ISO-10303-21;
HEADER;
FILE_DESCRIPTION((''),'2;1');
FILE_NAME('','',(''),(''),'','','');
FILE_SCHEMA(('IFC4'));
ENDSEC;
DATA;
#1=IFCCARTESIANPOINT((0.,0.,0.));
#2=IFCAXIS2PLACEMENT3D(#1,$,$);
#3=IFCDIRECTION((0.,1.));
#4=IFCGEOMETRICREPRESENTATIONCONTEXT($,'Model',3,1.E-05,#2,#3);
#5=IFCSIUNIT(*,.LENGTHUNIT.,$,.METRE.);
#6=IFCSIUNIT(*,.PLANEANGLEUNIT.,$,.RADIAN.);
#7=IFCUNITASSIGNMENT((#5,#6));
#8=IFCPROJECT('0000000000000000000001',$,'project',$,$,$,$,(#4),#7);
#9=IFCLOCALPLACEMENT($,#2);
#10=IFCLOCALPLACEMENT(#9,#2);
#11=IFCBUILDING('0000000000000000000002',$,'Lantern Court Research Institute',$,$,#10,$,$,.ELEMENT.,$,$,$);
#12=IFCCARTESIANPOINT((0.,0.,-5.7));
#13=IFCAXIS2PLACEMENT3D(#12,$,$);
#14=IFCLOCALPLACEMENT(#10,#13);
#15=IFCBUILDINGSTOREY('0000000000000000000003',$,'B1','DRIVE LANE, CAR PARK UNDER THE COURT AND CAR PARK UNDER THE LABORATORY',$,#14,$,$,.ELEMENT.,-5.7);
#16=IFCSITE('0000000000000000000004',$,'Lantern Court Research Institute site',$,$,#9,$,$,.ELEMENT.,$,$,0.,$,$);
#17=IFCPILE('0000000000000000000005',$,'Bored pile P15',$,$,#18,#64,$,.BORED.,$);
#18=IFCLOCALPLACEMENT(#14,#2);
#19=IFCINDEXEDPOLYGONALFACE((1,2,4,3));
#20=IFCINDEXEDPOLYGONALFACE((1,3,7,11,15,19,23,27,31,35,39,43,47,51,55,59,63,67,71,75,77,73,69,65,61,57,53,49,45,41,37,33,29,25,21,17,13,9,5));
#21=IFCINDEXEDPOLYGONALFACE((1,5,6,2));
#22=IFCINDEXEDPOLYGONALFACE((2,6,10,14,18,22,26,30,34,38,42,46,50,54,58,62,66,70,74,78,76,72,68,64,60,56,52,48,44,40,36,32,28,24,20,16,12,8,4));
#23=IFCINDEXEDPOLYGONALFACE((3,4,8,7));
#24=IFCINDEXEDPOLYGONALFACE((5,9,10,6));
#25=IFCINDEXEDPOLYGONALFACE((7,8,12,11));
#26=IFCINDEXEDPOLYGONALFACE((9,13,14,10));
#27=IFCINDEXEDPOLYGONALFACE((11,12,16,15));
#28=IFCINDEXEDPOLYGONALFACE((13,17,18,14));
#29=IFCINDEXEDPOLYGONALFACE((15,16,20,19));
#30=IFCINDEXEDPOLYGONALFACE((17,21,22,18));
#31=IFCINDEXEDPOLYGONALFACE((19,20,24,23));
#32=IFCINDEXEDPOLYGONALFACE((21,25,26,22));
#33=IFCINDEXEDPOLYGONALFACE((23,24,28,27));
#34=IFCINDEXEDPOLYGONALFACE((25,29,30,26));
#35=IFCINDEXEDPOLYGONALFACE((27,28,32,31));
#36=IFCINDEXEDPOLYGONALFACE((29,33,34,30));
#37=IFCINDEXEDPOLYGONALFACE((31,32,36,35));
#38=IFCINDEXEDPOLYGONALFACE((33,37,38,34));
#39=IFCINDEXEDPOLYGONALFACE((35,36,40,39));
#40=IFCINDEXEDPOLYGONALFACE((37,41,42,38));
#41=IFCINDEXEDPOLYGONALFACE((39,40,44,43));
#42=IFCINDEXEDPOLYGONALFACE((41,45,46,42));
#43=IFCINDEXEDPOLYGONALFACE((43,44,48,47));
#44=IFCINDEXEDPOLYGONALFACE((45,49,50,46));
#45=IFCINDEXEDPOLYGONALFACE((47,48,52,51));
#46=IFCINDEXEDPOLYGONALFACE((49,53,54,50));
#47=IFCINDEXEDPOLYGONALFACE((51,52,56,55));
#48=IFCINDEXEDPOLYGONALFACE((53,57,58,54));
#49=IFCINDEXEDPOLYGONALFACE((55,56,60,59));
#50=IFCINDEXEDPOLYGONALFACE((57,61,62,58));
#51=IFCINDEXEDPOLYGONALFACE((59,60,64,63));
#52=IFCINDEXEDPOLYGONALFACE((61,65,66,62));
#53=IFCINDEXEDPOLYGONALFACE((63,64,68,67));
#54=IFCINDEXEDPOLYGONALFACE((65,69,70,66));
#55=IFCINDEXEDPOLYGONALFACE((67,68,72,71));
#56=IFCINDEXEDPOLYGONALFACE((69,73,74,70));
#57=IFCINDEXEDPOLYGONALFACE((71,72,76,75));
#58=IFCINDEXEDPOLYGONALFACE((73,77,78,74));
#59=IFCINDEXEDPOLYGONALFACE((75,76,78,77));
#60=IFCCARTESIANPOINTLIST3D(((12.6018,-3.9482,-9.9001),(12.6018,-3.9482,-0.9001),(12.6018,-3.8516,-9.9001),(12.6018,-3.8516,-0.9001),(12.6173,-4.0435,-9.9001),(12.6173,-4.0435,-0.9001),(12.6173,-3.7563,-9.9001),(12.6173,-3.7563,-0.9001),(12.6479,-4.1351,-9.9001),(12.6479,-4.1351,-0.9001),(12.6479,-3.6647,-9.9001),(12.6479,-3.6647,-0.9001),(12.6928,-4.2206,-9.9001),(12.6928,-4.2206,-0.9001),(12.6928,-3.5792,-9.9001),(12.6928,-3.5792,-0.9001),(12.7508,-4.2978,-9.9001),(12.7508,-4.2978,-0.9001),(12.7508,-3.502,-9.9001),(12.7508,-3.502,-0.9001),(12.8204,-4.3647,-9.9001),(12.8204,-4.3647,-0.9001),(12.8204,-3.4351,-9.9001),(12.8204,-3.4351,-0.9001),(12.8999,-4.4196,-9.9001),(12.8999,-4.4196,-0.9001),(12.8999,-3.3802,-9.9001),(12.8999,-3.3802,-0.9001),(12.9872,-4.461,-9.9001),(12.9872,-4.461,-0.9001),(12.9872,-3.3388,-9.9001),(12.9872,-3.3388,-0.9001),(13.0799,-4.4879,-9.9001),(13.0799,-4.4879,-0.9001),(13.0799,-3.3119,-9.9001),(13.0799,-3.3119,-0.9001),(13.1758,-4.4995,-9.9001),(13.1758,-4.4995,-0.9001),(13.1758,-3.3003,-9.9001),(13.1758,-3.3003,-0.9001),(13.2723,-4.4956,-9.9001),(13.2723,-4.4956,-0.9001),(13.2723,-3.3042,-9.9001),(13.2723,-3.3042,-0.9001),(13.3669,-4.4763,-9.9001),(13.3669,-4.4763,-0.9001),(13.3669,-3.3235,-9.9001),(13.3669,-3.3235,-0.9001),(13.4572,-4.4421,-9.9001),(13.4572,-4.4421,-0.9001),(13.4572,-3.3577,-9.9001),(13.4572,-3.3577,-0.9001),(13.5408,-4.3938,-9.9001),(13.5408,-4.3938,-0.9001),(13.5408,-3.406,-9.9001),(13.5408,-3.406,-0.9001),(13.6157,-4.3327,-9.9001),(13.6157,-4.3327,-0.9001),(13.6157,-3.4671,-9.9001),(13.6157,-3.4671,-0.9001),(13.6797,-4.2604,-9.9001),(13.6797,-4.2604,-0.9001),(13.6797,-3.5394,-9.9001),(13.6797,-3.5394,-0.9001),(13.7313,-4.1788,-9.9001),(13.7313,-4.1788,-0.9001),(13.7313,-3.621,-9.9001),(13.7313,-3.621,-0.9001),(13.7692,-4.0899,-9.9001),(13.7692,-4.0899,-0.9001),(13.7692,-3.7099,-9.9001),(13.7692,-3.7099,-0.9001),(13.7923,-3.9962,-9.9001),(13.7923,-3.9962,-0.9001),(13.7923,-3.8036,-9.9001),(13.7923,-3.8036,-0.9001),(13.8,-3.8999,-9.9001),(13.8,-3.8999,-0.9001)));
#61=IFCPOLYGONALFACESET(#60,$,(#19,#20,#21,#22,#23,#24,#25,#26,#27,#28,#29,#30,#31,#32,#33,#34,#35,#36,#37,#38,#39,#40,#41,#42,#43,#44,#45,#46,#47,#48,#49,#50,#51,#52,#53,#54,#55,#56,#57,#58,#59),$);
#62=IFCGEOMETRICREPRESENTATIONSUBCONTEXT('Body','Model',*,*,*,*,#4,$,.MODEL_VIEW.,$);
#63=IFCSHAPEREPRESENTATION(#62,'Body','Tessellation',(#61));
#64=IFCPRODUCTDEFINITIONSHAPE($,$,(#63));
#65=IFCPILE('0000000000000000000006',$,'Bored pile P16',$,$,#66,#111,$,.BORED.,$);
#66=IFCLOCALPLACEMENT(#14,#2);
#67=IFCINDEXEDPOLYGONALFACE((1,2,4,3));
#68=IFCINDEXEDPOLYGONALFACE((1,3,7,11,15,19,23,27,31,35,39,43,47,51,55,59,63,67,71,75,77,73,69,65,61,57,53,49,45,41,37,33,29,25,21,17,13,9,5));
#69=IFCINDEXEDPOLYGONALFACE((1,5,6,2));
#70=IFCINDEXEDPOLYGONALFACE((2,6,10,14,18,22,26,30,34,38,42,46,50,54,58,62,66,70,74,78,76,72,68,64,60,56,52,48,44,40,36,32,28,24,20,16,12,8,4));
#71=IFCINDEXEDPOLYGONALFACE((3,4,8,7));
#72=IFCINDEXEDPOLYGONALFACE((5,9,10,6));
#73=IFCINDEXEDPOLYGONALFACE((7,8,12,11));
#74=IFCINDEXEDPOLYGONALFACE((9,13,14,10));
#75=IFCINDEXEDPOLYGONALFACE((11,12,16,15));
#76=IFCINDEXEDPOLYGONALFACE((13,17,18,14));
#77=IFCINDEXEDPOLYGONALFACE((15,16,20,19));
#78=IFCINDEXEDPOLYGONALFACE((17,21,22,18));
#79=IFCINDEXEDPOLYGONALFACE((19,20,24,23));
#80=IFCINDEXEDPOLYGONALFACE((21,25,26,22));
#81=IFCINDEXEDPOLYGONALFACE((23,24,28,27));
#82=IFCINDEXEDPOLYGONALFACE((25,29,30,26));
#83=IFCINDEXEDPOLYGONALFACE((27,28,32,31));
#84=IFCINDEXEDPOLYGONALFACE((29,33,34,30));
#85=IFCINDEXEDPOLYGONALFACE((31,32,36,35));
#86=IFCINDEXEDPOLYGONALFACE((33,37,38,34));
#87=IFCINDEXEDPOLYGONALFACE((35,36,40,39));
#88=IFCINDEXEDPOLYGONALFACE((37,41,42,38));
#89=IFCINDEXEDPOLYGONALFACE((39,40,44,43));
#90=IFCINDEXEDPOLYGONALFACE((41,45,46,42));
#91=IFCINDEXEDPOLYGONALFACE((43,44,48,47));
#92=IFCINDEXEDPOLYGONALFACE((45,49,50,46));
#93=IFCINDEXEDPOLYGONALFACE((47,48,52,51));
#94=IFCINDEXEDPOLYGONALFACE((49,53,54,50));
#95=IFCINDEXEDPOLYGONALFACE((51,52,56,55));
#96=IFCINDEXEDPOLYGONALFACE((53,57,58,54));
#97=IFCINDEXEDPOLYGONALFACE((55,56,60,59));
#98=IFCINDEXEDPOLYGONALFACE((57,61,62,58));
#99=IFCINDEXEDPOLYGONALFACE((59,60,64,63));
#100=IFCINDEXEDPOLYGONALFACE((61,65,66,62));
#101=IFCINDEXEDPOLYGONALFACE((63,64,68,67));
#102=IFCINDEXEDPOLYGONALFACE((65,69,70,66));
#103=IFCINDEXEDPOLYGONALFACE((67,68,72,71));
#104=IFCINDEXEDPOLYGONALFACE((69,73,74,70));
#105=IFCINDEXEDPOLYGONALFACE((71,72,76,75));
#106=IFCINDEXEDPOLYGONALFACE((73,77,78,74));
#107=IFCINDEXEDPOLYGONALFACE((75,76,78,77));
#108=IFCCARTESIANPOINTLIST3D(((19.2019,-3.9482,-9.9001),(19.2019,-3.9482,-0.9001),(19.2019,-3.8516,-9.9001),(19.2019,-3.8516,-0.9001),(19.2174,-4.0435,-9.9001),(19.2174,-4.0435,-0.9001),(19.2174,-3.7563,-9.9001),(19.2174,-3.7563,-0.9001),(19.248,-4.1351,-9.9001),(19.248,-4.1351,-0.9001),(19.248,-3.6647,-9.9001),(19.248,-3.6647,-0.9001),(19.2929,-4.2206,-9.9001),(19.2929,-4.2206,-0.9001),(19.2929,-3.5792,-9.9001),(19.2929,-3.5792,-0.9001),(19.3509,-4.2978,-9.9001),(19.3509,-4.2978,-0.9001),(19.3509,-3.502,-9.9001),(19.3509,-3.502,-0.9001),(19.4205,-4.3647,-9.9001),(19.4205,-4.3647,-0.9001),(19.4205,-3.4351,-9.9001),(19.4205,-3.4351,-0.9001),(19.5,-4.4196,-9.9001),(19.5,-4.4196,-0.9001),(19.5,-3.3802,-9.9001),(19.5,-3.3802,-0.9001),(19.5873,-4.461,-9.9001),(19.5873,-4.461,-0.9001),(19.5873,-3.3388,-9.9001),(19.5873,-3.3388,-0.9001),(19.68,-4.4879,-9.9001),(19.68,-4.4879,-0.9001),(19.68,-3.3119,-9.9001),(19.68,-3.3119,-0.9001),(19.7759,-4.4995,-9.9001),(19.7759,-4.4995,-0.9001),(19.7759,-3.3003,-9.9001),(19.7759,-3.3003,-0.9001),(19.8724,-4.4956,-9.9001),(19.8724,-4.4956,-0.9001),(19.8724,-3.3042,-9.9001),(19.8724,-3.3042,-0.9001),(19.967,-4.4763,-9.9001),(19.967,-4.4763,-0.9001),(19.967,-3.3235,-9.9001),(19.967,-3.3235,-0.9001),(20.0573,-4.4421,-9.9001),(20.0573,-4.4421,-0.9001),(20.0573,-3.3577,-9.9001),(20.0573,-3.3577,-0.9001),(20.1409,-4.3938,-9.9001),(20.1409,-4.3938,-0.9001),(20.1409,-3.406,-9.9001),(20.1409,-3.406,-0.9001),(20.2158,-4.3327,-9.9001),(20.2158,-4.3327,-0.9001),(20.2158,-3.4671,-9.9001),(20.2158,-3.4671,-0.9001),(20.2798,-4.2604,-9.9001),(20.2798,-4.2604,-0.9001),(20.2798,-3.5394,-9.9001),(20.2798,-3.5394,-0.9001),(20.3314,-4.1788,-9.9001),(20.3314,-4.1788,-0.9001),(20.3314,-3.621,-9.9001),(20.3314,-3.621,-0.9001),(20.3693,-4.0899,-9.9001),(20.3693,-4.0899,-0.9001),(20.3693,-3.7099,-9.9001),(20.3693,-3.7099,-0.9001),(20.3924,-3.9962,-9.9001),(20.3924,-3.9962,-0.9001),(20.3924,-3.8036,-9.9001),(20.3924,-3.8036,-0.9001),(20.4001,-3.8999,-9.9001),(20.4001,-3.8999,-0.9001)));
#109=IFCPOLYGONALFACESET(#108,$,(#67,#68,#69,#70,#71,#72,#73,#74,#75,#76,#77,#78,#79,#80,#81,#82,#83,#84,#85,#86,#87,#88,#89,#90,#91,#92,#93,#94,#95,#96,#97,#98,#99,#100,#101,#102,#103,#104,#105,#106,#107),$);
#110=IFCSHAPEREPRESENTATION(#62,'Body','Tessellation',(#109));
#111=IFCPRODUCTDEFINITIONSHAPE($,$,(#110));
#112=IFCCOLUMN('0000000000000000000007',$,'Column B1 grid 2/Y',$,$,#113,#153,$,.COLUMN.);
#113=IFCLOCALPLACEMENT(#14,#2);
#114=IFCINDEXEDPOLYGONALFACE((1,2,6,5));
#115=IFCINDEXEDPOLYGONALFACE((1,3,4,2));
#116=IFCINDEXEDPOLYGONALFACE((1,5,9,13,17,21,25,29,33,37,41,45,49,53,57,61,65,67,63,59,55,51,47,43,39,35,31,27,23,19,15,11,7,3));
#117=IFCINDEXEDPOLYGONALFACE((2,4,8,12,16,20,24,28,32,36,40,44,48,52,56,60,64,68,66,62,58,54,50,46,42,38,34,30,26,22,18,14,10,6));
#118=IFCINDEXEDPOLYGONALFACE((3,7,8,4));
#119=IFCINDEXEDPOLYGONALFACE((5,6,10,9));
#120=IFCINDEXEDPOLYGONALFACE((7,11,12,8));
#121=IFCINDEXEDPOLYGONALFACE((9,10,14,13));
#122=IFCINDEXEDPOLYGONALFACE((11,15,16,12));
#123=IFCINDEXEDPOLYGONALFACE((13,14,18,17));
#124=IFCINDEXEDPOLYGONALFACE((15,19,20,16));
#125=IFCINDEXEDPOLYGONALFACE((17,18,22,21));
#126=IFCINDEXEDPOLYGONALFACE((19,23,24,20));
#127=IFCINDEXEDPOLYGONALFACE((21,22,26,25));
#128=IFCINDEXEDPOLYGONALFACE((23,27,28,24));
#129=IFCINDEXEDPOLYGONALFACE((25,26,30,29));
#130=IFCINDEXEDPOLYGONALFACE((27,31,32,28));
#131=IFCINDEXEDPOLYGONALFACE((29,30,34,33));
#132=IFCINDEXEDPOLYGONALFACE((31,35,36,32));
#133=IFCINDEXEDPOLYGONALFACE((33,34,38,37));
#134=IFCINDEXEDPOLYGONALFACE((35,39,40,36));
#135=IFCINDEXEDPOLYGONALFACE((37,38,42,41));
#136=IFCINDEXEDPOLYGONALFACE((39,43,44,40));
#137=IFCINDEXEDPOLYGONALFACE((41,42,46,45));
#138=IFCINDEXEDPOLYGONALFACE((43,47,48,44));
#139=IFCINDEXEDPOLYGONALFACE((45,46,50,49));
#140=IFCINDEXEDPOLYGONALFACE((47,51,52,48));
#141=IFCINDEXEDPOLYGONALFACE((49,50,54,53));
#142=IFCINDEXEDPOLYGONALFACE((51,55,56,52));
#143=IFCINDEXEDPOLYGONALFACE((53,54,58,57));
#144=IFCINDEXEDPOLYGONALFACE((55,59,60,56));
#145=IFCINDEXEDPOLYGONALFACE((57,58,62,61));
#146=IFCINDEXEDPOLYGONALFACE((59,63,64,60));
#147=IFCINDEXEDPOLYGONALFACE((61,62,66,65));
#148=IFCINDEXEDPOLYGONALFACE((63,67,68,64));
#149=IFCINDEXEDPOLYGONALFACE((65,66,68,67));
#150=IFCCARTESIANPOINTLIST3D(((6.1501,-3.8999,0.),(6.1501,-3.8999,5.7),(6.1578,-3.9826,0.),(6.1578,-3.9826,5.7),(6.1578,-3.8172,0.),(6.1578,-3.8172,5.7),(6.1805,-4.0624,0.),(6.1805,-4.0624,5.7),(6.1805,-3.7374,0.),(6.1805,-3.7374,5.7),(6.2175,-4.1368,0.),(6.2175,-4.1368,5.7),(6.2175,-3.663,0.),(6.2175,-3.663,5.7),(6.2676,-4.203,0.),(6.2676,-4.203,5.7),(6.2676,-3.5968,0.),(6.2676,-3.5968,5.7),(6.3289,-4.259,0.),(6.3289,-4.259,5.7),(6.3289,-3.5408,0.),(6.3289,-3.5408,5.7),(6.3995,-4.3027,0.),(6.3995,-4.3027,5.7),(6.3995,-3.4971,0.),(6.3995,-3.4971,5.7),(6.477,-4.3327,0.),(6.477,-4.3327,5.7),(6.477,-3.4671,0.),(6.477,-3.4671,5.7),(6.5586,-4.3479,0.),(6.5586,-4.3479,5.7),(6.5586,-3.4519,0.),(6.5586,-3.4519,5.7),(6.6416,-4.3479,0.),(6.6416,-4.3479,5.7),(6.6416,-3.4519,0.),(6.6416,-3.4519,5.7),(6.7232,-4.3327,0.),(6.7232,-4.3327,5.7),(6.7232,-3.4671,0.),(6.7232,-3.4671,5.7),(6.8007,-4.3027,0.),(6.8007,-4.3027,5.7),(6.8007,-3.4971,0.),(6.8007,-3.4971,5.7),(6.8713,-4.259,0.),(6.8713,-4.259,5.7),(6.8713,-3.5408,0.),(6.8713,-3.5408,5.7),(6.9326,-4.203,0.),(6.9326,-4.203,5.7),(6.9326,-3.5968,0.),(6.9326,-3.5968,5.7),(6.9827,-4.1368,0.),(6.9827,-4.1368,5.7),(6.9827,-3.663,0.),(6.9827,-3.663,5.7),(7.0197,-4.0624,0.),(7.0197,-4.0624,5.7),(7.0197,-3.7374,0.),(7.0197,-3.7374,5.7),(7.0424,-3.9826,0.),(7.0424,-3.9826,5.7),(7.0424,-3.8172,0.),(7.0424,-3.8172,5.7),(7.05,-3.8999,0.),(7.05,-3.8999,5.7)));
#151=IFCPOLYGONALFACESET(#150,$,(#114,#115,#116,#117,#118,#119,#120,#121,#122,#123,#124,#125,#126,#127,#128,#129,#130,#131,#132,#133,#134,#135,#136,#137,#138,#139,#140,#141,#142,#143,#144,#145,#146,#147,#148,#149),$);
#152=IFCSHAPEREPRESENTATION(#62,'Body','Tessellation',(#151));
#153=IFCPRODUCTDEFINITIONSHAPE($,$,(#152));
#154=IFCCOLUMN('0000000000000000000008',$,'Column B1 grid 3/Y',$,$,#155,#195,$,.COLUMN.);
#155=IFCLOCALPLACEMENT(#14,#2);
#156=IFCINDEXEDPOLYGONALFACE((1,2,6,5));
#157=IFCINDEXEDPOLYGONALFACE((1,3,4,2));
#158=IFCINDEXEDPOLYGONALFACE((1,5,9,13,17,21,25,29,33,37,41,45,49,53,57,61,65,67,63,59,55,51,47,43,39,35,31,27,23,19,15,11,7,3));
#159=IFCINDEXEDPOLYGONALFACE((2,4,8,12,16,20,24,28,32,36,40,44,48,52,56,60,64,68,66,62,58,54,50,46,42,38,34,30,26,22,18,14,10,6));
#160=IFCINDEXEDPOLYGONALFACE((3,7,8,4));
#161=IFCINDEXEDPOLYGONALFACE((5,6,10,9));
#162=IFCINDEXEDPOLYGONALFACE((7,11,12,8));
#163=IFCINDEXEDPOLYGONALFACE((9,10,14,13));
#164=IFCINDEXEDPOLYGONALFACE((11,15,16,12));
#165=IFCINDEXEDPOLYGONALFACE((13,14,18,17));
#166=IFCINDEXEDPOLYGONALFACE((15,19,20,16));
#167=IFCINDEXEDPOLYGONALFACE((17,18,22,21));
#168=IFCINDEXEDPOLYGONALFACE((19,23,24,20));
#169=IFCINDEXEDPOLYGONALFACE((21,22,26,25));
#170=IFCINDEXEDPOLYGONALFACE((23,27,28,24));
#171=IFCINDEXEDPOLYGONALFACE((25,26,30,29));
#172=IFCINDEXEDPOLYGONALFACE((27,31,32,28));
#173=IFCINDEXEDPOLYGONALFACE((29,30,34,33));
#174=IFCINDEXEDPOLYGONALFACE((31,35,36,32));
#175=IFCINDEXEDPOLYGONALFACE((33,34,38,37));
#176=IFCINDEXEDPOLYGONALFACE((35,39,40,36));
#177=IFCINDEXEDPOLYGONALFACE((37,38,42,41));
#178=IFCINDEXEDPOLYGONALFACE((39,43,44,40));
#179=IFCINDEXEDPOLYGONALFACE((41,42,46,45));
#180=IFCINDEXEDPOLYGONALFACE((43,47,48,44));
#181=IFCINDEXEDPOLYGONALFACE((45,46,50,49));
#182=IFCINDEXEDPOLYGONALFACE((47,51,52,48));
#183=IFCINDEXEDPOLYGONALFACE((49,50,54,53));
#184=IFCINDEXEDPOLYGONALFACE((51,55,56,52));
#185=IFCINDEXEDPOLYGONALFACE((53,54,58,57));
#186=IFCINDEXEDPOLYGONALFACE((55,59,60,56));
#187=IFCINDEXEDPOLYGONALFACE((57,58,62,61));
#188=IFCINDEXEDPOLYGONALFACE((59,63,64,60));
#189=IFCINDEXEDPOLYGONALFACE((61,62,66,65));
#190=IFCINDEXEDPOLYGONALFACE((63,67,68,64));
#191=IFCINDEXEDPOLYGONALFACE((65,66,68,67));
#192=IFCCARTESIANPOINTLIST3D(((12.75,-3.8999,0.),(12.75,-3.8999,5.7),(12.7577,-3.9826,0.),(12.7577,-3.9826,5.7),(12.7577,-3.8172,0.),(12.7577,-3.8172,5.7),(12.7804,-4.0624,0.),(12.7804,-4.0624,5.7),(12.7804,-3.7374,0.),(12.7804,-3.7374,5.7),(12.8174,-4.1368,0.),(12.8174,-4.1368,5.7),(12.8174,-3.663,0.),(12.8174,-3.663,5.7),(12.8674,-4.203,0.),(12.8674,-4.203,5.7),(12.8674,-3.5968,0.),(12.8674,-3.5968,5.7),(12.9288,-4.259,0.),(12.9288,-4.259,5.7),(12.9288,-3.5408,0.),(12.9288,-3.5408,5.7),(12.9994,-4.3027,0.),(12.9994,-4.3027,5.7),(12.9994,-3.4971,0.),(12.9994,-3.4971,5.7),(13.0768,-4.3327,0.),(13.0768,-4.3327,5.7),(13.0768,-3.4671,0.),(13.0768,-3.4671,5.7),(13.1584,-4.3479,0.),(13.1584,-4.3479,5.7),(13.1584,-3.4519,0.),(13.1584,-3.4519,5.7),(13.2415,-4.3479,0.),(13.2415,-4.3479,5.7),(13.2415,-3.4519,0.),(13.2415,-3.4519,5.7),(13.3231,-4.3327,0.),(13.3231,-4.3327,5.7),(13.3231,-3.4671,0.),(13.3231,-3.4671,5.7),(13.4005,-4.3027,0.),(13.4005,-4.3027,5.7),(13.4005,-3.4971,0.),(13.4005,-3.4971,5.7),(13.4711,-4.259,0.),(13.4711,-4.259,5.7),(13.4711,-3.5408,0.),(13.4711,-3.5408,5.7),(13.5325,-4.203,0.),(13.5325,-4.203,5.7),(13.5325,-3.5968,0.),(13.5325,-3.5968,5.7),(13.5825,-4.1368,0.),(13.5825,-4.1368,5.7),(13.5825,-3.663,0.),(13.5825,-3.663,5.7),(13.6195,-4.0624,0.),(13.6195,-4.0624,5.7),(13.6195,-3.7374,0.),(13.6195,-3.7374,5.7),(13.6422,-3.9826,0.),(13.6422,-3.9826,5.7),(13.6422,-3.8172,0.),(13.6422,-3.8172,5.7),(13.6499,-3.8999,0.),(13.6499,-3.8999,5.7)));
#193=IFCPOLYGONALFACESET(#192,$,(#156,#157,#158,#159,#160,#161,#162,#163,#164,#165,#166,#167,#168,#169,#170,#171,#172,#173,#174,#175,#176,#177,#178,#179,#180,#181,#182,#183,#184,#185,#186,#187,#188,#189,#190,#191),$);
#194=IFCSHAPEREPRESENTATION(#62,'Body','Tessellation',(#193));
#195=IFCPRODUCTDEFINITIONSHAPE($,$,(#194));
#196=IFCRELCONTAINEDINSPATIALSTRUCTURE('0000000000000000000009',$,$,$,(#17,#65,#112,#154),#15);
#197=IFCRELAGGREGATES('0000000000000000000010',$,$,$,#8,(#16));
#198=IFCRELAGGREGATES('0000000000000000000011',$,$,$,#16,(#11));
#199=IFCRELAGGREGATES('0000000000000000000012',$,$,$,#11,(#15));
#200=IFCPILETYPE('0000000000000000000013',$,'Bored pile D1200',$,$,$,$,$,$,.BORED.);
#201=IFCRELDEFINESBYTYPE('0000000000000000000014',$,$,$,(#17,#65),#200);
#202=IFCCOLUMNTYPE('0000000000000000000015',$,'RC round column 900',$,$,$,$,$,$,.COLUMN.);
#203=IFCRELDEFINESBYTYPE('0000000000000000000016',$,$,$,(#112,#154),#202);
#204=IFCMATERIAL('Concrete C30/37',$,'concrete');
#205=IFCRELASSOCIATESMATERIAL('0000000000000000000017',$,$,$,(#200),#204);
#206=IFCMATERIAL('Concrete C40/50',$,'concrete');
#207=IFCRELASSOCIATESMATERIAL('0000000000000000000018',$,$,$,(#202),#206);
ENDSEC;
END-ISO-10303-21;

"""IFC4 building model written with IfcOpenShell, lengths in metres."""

from ifc_helpers import new_model, si_unit, direction, frame, origin, origin_2d, place, context, subcontext, project, spatial, circle, extrude, material, material_profile, profile_set, type_object, element, save


model = new_model("IFC4")

# Units and contexts
model_context = context("Model", 3, precision=1e-05, world=origin(), true_north=direction((0.0, 1.0)))
body_context = subcontext(model_context, "Body", "Model", "MODEL_VIEW")
ifc_project = project(units=[si_unit("LENGTHUNIT", "METRE"), si_unit("PLANEANGLEUNIT", "RADIAN")], contexts=[model_context])

# Site, building, storey
site_placement = place(None, origin())
site = spatial("IfcSite", under=ifc_project, at=site_placement, Name="Lantern Court Research Institute site", CompositionType="ELEMENT", RefElevation=0.0)
building_placement = place(site_placement, origin())
building = spatial("IfcBuilding", under=site, at=building_placement, Name="Lantern Court Research Institute", CompositionType="ELEMENT")
storey_placement = place(building_placement, frame((0.0, 0.0, -5.7)))
storey = spatial("IfcBuildingStorey", under=building, at=storey_placement, Name="B1", Description="DRIVE LANE, CAR PARK UNDER THE COURT AND CAR PARK UNDER THE LABORATORY", CompositionType="ELEMENT", Elevation=-5.7)

# Piles
ifc_material_1 = material(Name="Concrete C30/37", Category="concrete")
ifc_material_profile_1 = material_profile(ifc_material_1, circle(Radius=0.6001, at=origin_2d()), Name="Bored pile D1200")
ifc_profile_set_1 = profile_set([ifc_material_profile_1], Name="Concrete C30/37")
pile_type_1 = type_object("IfcPileType", Name="Bored pile D1200", PredefinedType="BORED", material=ifc_profile_set_1)
for number, where, z_axis, x_axis, name in (
    (1, (13.2, -3.8999, -0.9001), (0.0, 0.0, -1.0), (1.0, 0.0, 0.0), "Bored pile P15"),
    (2, (19.8, -3.8999, -0.9001), (0.0, 0.0, -1.0), (1.0, 0.0, 0.0), "Bored pile P16"),
):
    element("IfcPile", number, at=place(storey_placement, frame(where, z_axis=z_axis, x_axis=x_axis)), inside=storey, type_object=pile_type_1, Name=name, PredefinedType="BORED", context=body_context, shape_type="SweptSolid", body=[
        extrude(circle(Radius=0.6001, at=origin_2d()), origin(), (0.0, 0.0, 1.0), 9.0),
    ])

# Columns
ifc_material_2 = material(Name="Concrete C40/50", Category="concrete")
ifc_material_profile_2 = material_profile(ifc_material_2, circle(Radius=0.45, at=origin_2d()), Name="RC round column 900")
ifc_profile_set_2 = profile_set([ifc_material_profile_2], Name="Concrete C40/50")
column_type = type_object("IfcColumnType", Name="RC round column 900", PredefinedType="COLUMN", material=ifc_profile_set_2)
for number, where, z_axis, x_axis, name in (
    (3, (6.6001, -3.8999, 0.0), (0.0, 0.0, 1.0), (1.0, 0.0, 0.0), "Column B1 grid 2/Y"),
    (4, (13.2, -3.8999, 0.0), (0.0, 0.0, 1.0), (1.0, 0.0, 0.0), "Column B1 grid 3/Y"),
):
    element("IfcColumn", number, at=place(storey_placement, frame(where, z_axis=z_axis, x_axis=x_axis)), inside=storey, type_object=column_type, Name=name, PredefinedType="COLUMN", context=body_context, shape_type="SweptSolid", body=[
        extrude(circle(Radius=0.45, at=origin_2d()), origin(), (0.0, 0.0, 1.0), 5.7),
    ])

save(model, "model.ifc")
